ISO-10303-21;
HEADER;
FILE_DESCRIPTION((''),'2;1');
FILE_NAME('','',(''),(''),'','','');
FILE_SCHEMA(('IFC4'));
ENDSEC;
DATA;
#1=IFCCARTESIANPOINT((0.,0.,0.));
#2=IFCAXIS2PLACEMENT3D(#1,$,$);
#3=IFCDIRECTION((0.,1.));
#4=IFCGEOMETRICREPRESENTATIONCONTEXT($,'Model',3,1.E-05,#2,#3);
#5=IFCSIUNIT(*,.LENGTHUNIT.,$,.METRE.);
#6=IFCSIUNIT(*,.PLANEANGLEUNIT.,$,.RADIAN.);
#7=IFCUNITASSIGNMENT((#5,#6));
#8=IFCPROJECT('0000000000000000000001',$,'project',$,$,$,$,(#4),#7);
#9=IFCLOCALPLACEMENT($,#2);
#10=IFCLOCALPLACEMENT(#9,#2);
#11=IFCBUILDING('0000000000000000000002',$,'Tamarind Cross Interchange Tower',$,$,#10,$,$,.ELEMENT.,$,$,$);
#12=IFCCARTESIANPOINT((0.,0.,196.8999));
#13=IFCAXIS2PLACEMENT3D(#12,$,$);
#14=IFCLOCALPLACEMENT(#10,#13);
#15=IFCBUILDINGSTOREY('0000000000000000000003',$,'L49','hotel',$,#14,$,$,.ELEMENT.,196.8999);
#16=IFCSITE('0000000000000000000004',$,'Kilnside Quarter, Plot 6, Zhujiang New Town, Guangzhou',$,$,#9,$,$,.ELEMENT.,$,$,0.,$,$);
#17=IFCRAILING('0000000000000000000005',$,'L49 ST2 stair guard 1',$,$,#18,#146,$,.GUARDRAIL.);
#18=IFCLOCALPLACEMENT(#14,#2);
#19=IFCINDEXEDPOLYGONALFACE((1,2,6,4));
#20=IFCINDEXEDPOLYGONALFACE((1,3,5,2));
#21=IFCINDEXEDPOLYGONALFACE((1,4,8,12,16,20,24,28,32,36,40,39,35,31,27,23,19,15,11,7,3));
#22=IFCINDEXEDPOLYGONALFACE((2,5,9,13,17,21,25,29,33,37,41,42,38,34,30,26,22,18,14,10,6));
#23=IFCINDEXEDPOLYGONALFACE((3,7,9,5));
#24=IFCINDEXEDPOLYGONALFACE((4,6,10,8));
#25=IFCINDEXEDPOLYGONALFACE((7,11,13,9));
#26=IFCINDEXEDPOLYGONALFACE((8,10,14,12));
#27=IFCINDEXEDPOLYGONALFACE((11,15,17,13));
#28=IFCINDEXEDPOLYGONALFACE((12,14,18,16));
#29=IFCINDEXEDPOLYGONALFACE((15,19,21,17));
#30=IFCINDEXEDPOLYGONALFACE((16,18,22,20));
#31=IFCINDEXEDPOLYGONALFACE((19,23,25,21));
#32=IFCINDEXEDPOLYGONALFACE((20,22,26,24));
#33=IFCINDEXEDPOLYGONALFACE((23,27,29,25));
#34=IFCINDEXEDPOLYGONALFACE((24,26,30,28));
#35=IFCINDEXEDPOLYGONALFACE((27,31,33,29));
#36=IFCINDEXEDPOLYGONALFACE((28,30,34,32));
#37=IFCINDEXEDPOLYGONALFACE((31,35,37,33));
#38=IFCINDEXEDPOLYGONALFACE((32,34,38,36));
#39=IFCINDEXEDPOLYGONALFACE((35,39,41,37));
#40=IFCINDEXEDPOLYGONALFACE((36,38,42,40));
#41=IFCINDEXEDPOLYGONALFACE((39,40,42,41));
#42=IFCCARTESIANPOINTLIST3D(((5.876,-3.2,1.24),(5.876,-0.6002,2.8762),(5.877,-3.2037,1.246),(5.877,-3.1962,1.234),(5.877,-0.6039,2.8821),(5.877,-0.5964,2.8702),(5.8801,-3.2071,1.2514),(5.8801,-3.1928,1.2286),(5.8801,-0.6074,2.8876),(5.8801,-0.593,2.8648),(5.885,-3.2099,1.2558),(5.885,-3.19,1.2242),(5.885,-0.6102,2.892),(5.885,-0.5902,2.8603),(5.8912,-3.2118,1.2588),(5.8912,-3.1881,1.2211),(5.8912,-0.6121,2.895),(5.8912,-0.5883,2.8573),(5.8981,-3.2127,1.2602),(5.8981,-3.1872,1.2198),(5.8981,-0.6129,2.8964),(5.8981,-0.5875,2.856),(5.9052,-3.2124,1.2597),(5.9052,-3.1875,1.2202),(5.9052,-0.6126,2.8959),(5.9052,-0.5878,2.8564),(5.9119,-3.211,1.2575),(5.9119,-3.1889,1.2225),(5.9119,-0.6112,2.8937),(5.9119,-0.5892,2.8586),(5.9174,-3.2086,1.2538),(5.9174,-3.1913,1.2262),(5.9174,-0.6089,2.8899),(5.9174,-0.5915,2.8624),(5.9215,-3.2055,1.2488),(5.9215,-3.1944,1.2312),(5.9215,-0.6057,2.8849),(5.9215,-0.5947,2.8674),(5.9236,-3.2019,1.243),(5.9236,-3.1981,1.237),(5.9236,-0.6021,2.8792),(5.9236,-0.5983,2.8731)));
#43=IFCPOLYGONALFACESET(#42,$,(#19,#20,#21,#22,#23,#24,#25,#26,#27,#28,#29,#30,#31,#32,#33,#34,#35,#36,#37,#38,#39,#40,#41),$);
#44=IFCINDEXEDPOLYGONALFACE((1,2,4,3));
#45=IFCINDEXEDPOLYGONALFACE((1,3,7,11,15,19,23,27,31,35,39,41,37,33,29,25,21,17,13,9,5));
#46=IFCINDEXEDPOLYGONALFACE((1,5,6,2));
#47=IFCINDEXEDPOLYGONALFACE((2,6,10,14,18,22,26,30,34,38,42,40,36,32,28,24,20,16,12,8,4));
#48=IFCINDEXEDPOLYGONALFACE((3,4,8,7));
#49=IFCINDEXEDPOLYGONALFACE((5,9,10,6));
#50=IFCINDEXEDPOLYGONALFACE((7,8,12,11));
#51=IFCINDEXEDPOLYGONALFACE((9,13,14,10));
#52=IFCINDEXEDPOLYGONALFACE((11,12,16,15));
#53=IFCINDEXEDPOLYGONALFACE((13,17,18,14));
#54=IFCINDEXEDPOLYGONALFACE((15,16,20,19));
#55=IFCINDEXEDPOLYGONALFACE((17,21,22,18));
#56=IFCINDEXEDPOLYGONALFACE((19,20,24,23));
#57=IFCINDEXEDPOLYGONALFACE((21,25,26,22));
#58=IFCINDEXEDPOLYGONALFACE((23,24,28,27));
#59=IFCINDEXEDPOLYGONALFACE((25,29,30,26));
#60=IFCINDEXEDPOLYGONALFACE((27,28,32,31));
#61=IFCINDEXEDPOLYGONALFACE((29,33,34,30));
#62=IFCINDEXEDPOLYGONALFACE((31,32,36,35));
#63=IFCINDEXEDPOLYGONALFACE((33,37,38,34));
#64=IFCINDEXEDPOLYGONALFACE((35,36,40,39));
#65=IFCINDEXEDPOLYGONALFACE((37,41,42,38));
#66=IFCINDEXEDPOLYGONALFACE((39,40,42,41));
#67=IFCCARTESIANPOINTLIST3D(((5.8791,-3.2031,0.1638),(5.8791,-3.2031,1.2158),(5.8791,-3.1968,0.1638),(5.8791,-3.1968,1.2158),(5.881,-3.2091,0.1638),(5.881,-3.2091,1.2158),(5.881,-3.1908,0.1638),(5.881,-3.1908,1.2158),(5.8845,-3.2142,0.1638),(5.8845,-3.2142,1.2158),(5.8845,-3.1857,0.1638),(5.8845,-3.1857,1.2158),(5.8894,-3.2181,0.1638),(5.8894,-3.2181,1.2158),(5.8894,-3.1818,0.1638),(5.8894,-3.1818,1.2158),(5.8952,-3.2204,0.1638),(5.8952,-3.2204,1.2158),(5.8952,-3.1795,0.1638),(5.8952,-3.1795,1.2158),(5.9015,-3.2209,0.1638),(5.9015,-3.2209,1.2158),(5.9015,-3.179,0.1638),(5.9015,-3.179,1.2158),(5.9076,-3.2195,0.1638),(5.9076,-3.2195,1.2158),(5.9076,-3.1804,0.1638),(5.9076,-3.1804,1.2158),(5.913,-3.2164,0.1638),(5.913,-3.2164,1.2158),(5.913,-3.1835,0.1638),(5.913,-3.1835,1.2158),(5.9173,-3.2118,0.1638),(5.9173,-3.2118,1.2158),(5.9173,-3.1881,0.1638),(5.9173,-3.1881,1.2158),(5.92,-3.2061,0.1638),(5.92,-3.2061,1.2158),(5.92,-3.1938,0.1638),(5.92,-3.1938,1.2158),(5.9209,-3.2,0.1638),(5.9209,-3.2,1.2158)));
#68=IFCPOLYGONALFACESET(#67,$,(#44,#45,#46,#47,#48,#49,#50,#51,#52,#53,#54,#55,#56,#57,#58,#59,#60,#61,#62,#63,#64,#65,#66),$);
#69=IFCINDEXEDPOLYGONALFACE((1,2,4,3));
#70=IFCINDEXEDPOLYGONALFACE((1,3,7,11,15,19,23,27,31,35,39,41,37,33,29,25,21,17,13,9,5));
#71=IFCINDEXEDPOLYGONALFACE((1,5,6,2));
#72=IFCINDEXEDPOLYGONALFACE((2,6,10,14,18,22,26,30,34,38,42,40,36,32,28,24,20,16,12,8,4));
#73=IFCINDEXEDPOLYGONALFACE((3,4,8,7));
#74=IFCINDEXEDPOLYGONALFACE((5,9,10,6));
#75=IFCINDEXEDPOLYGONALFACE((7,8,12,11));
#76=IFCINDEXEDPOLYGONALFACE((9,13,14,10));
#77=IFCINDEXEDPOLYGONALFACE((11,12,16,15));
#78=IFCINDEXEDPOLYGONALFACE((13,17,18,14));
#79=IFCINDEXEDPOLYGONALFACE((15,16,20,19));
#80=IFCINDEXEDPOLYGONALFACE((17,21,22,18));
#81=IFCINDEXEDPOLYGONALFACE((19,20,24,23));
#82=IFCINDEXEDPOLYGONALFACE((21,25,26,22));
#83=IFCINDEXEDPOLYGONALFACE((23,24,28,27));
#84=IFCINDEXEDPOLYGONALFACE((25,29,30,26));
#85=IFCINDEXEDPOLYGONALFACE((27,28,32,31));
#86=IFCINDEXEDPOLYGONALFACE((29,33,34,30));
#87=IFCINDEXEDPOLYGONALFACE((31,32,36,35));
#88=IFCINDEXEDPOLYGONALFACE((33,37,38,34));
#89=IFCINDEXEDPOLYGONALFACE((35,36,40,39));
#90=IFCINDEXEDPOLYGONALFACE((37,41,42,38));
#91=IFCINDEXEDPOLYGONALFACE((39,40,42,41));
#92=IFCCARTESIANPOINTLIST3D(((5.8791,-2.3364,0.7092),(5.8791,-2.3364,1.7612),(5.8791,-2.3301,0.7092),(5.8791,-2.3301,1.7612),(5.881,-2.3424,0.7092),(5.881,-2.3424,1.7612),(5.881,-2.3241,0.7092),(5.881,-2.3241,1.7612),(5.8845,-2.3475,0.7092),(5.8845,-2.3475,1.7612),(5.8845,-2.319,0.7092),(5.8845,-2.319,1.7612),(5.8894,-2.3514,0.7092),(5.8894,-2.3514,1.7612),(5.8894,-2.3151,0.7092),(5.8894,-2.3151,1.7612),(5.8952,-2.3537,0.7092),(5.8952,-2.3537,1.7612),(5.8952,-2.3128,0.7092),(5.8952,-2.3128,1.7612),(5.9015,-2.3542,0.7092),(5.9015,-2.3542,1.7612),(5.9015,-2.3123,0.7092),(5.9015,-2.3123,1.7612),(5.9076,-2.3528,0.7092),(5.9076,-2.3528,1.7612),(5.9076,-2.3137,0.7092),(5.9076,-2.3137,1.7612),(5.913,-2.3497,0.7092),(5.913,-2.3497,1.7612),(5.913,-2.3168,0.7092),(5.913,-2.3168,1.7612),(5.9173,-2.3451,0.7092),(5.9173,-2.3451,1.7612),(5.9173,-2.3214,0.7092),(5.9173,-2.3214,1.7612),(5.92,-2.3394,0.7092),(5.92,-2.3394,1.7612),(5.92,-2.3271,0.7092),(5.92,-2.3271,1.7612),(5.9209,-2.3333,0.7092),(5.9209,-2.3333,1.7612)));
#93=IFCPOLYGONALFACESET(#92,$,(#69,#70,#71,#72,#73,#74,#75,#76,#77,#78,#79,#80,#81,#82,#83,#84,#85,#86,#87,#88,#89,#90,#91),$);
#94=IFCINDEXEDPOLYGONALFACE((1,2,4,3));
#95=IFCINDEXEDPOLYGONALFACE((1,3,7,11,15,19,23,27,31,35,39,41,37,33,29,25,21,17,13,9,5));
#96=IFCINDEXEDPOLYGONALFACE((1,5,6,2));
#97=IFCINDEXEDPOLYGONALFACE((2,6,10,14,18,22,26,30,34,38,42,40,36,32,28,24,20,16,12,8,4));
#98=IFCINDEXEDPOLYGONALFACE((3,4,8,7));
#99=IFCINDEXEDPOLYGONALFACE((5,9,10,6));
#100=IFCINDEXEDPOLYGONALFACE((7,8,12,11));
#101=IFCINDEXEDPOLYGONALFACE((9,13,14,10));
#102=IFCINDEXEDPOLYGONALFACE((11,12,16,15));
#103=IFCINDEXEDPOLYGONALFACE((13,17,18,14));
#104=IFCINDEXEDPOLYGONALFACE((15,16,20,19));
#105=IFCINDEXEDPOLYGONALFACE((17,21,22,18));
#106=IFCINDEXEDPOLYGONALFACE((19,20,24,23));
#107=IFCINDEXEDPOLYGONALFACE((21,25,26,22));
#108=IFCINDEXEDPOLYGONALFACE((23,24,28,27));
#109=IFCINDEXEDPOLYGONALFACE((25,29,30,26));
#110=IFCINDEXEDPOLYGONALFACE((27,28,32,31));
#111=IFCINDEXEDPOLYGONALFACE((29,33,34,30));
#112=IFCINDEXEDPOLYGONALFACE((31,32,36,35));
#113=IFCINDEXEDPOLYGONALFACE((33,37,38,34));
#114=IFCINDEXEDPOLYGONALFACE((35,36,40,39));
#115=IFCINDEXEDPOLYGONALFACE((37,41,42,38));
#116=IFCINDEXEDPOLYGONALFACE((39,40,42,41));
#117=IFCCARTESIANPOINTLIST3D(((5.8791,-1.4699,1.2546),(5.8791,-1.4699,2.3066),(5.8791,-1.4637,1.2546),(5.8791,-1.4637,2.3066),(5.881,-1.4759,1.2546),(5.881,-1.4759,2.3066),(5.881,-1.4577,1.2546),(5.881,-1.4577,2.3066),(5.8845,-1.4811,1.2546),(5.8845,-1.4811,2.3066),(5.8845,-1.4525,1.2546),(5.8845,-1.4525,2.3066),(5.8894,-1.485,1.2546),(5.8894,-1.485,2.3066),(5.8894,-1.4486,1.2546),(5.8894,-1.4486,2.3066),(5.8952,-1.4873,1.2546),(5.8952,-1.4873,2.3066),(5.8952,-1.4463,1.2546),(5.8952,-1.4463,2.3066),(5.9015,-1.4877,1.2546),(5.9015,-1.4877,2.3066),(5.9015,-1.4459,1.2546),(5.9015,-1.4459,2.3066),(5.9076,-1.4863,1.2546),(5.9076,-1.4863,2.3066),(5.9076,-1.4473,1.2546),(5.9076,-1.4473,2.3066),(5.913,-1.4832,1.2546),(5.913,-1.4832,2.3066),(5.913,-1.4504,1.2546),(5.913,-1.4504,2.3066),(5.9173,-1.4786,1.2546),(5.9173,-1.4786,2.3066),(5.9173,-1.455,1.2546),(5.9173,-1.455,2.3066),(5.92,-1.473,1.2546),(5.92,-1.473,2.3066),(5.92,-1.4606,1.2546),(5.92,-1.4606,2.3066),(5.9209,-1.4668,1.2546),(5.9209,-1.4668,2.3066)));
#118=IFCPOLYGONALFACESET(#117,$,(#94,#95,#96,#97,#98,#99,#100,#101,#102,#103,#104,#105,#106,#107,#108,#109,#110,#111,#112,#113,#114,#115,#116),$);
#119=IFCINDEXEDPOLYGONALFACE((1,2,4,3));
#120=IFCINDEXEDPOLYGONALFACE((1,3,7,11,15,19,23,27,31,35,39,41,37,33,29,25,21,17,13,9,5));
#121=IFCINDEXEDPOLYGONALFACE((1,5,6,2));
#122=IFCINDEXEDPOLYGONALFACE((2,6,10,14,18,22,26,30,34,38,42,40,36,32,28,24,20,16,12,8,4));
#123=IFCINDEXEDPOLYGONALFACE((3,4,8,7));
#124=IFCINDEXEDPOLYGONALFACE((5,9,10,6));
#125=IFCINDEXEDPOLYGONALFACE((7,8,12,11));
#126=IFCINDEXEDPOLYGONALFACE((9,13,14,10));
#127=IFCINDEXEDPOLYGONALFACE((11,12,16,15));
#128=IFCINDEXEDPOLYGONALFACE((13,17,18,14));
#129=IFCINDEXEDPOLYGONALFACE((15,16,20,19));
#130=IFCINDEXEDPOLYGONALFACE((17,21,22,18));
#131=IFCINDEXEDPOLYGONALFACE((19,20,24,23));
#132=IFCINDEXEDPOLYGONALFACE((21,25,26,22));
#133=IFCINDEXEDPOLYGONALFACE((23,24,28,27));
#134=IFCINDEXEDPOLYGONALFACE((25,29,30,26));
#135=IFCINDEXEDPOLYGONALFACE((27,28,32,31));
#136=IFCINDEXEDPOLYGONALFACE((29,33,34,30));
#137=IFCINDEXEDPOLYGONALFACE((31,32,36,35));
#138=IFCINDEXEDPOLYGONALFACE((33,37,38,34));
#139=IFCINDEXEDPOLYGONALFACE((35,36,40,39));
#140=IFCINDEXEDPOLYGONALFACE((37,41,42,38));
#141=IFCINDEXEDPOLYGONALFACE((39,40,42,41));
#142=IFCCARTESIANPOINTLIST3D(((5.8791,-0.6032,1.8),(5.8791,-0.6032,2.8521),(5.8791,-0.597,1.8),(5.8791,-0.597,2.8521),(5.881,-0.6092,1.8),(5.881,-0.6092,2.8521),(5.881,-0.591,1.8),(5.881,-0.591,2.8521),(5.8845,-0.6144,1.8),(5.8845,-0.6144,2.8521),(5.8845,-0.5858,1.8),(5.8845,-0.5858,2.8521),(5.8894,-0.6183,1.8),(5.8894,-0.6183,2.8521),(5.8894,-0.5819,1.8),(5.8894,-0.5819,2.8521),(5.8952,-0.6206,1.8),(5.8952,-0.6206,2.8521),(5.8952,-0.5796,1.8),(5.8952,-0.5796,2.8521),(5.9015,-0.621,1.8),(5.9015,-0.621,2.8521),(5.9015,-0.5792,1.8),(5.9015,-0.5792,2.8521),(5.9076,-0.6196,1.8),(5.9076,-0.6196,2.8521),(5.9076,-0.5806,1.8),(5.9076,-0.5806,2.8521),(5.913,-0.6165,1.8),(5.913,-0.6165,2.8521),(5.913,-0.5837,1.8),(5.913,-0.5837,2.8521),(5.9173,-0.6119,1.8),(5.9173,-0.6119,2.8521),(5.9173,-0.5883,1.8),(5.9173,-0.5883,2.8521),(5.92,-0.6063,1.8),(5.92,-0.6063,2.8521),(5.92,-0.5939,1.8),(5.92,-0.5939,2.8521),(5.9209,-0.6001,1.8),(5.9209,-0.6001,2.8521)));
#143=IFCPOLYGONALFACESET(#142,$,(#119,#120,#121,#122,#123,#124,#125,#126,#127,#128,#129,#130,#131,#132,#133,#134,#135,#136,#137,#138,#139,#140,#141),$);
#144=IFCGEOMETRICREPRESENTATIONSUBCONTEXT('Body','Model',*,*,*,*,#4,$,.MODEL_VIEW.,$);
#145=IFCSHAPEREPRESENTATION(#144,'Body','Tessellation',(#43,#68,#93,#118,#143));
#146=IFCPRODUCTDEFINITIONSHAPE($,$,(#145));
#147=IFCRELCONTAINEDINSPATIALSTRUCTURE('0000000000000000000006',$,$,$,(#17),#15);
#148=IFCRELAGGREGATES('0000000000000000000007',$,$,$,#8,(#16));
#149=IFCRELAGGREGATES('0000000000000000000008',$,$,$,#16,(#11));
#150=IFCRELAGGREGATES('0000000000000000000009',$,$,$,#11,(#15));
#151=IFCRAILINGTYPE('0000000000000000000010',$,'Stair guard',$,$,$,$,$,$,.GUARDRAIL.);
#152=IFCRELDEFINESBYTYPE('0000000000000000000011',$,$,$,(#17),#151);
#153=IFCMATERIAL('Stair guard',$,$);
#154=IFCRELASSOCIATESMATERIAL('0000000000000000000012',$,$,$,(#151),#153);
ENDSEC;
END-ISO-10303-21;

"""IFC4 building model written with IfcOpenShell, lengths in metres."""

from ifc_helpers import new_model, si_unit, direction, frame, origin, origin_2d, place, context, subcontext, project, spatial, circle, extrude, material, type_object, element, save


model = new_model("IFC4")

# Units and contexts
model_context = context("Model", 3, precision=1e-05, world=origin(), true_north=direction((0.0, 1.0)))
body_context = subcontext(model_context, "Body", "Model", "MODEL_VIEW")
ifc_project = project(units=[si_unit("LENGTHUNIT", "METRE"), si_unit("PLANEANGLEUNIT", "RADIAN")], contexts=[model_context])

# Site, building, storey
site_placement = place(None, origin())
site = spatial("IfcSite", under=ifc_project, at=site_placement, Name="Kilnside Quarter, Plot 6, Zhujiang New Town, Guangzhou", CompositionType="ELEMENT", RefElevation=0.0)
building_placement = place(site_placement, origin())
building = spatial("IfcBuilding", under=site, at=building_placement, Name="Tamarind Cross Interchange Tower", CompositionType="ELEMENT")
storey_placement = place(building_placement, frame((0.0, 0.0, 196.8999)))
storey = spatial("IfcBuildingStorey", under=building, at=storey_placement, Name="L49", Description="hotel", CompositionType="ELEMENT", Elevation=196.8999)

# Railing
ifc_material_1 = material(Name="Stair guard")
railing_type_1 = type_object("IfcRailingType", Name="Stair guard", PredefinedType="GUARDRAIL", material=ifc_material_1)
railing_1_placement = place(storey_placement, frame((5.8999, -3.2, 0.1638)))
element("IfcRailing", 1, at=railing_1_placement, inside=storey, type_object=railing_type_1, Name="L49 ST2 stair guard 1", PredefinedType="GUARDRAIL", context=body_context, shape_type="SweptSolid", body=[
    extrude(circle(Radius=0.0239, at=origin_2d()), frame((0.0, 0.0, 1.0762), z_axis=(0.0, 0.846338, 0.532647), x_axis=(-1.0, 0.0, 0.0)), (0.0, 0.0, 1.0), 3.0718),
    extrude(circle(Radius=0.021, at=origin_2d()), origin(), (0.0, 0.0, 1.0), 1.052),
    extrude(circle(Radius=0.021, at=origin_2d()), frame((0.0, 0.8667, 0.5454)), (0.0, 0.0, 1.0), 1.052),
    extrude(circle(Radius=0.021, at=origin_2d()), frame((0.0, 1.7332, 1.0908)), (0.0, 0.0, 1.0), 1.052),
    extrude(circle(Radius=0.021, at=origin_2d()), frame((0.0, 2.5999, 1.6362)), (0.0, 0.0, 1.0), 1.052),
])

save(model, "model.ifc")
